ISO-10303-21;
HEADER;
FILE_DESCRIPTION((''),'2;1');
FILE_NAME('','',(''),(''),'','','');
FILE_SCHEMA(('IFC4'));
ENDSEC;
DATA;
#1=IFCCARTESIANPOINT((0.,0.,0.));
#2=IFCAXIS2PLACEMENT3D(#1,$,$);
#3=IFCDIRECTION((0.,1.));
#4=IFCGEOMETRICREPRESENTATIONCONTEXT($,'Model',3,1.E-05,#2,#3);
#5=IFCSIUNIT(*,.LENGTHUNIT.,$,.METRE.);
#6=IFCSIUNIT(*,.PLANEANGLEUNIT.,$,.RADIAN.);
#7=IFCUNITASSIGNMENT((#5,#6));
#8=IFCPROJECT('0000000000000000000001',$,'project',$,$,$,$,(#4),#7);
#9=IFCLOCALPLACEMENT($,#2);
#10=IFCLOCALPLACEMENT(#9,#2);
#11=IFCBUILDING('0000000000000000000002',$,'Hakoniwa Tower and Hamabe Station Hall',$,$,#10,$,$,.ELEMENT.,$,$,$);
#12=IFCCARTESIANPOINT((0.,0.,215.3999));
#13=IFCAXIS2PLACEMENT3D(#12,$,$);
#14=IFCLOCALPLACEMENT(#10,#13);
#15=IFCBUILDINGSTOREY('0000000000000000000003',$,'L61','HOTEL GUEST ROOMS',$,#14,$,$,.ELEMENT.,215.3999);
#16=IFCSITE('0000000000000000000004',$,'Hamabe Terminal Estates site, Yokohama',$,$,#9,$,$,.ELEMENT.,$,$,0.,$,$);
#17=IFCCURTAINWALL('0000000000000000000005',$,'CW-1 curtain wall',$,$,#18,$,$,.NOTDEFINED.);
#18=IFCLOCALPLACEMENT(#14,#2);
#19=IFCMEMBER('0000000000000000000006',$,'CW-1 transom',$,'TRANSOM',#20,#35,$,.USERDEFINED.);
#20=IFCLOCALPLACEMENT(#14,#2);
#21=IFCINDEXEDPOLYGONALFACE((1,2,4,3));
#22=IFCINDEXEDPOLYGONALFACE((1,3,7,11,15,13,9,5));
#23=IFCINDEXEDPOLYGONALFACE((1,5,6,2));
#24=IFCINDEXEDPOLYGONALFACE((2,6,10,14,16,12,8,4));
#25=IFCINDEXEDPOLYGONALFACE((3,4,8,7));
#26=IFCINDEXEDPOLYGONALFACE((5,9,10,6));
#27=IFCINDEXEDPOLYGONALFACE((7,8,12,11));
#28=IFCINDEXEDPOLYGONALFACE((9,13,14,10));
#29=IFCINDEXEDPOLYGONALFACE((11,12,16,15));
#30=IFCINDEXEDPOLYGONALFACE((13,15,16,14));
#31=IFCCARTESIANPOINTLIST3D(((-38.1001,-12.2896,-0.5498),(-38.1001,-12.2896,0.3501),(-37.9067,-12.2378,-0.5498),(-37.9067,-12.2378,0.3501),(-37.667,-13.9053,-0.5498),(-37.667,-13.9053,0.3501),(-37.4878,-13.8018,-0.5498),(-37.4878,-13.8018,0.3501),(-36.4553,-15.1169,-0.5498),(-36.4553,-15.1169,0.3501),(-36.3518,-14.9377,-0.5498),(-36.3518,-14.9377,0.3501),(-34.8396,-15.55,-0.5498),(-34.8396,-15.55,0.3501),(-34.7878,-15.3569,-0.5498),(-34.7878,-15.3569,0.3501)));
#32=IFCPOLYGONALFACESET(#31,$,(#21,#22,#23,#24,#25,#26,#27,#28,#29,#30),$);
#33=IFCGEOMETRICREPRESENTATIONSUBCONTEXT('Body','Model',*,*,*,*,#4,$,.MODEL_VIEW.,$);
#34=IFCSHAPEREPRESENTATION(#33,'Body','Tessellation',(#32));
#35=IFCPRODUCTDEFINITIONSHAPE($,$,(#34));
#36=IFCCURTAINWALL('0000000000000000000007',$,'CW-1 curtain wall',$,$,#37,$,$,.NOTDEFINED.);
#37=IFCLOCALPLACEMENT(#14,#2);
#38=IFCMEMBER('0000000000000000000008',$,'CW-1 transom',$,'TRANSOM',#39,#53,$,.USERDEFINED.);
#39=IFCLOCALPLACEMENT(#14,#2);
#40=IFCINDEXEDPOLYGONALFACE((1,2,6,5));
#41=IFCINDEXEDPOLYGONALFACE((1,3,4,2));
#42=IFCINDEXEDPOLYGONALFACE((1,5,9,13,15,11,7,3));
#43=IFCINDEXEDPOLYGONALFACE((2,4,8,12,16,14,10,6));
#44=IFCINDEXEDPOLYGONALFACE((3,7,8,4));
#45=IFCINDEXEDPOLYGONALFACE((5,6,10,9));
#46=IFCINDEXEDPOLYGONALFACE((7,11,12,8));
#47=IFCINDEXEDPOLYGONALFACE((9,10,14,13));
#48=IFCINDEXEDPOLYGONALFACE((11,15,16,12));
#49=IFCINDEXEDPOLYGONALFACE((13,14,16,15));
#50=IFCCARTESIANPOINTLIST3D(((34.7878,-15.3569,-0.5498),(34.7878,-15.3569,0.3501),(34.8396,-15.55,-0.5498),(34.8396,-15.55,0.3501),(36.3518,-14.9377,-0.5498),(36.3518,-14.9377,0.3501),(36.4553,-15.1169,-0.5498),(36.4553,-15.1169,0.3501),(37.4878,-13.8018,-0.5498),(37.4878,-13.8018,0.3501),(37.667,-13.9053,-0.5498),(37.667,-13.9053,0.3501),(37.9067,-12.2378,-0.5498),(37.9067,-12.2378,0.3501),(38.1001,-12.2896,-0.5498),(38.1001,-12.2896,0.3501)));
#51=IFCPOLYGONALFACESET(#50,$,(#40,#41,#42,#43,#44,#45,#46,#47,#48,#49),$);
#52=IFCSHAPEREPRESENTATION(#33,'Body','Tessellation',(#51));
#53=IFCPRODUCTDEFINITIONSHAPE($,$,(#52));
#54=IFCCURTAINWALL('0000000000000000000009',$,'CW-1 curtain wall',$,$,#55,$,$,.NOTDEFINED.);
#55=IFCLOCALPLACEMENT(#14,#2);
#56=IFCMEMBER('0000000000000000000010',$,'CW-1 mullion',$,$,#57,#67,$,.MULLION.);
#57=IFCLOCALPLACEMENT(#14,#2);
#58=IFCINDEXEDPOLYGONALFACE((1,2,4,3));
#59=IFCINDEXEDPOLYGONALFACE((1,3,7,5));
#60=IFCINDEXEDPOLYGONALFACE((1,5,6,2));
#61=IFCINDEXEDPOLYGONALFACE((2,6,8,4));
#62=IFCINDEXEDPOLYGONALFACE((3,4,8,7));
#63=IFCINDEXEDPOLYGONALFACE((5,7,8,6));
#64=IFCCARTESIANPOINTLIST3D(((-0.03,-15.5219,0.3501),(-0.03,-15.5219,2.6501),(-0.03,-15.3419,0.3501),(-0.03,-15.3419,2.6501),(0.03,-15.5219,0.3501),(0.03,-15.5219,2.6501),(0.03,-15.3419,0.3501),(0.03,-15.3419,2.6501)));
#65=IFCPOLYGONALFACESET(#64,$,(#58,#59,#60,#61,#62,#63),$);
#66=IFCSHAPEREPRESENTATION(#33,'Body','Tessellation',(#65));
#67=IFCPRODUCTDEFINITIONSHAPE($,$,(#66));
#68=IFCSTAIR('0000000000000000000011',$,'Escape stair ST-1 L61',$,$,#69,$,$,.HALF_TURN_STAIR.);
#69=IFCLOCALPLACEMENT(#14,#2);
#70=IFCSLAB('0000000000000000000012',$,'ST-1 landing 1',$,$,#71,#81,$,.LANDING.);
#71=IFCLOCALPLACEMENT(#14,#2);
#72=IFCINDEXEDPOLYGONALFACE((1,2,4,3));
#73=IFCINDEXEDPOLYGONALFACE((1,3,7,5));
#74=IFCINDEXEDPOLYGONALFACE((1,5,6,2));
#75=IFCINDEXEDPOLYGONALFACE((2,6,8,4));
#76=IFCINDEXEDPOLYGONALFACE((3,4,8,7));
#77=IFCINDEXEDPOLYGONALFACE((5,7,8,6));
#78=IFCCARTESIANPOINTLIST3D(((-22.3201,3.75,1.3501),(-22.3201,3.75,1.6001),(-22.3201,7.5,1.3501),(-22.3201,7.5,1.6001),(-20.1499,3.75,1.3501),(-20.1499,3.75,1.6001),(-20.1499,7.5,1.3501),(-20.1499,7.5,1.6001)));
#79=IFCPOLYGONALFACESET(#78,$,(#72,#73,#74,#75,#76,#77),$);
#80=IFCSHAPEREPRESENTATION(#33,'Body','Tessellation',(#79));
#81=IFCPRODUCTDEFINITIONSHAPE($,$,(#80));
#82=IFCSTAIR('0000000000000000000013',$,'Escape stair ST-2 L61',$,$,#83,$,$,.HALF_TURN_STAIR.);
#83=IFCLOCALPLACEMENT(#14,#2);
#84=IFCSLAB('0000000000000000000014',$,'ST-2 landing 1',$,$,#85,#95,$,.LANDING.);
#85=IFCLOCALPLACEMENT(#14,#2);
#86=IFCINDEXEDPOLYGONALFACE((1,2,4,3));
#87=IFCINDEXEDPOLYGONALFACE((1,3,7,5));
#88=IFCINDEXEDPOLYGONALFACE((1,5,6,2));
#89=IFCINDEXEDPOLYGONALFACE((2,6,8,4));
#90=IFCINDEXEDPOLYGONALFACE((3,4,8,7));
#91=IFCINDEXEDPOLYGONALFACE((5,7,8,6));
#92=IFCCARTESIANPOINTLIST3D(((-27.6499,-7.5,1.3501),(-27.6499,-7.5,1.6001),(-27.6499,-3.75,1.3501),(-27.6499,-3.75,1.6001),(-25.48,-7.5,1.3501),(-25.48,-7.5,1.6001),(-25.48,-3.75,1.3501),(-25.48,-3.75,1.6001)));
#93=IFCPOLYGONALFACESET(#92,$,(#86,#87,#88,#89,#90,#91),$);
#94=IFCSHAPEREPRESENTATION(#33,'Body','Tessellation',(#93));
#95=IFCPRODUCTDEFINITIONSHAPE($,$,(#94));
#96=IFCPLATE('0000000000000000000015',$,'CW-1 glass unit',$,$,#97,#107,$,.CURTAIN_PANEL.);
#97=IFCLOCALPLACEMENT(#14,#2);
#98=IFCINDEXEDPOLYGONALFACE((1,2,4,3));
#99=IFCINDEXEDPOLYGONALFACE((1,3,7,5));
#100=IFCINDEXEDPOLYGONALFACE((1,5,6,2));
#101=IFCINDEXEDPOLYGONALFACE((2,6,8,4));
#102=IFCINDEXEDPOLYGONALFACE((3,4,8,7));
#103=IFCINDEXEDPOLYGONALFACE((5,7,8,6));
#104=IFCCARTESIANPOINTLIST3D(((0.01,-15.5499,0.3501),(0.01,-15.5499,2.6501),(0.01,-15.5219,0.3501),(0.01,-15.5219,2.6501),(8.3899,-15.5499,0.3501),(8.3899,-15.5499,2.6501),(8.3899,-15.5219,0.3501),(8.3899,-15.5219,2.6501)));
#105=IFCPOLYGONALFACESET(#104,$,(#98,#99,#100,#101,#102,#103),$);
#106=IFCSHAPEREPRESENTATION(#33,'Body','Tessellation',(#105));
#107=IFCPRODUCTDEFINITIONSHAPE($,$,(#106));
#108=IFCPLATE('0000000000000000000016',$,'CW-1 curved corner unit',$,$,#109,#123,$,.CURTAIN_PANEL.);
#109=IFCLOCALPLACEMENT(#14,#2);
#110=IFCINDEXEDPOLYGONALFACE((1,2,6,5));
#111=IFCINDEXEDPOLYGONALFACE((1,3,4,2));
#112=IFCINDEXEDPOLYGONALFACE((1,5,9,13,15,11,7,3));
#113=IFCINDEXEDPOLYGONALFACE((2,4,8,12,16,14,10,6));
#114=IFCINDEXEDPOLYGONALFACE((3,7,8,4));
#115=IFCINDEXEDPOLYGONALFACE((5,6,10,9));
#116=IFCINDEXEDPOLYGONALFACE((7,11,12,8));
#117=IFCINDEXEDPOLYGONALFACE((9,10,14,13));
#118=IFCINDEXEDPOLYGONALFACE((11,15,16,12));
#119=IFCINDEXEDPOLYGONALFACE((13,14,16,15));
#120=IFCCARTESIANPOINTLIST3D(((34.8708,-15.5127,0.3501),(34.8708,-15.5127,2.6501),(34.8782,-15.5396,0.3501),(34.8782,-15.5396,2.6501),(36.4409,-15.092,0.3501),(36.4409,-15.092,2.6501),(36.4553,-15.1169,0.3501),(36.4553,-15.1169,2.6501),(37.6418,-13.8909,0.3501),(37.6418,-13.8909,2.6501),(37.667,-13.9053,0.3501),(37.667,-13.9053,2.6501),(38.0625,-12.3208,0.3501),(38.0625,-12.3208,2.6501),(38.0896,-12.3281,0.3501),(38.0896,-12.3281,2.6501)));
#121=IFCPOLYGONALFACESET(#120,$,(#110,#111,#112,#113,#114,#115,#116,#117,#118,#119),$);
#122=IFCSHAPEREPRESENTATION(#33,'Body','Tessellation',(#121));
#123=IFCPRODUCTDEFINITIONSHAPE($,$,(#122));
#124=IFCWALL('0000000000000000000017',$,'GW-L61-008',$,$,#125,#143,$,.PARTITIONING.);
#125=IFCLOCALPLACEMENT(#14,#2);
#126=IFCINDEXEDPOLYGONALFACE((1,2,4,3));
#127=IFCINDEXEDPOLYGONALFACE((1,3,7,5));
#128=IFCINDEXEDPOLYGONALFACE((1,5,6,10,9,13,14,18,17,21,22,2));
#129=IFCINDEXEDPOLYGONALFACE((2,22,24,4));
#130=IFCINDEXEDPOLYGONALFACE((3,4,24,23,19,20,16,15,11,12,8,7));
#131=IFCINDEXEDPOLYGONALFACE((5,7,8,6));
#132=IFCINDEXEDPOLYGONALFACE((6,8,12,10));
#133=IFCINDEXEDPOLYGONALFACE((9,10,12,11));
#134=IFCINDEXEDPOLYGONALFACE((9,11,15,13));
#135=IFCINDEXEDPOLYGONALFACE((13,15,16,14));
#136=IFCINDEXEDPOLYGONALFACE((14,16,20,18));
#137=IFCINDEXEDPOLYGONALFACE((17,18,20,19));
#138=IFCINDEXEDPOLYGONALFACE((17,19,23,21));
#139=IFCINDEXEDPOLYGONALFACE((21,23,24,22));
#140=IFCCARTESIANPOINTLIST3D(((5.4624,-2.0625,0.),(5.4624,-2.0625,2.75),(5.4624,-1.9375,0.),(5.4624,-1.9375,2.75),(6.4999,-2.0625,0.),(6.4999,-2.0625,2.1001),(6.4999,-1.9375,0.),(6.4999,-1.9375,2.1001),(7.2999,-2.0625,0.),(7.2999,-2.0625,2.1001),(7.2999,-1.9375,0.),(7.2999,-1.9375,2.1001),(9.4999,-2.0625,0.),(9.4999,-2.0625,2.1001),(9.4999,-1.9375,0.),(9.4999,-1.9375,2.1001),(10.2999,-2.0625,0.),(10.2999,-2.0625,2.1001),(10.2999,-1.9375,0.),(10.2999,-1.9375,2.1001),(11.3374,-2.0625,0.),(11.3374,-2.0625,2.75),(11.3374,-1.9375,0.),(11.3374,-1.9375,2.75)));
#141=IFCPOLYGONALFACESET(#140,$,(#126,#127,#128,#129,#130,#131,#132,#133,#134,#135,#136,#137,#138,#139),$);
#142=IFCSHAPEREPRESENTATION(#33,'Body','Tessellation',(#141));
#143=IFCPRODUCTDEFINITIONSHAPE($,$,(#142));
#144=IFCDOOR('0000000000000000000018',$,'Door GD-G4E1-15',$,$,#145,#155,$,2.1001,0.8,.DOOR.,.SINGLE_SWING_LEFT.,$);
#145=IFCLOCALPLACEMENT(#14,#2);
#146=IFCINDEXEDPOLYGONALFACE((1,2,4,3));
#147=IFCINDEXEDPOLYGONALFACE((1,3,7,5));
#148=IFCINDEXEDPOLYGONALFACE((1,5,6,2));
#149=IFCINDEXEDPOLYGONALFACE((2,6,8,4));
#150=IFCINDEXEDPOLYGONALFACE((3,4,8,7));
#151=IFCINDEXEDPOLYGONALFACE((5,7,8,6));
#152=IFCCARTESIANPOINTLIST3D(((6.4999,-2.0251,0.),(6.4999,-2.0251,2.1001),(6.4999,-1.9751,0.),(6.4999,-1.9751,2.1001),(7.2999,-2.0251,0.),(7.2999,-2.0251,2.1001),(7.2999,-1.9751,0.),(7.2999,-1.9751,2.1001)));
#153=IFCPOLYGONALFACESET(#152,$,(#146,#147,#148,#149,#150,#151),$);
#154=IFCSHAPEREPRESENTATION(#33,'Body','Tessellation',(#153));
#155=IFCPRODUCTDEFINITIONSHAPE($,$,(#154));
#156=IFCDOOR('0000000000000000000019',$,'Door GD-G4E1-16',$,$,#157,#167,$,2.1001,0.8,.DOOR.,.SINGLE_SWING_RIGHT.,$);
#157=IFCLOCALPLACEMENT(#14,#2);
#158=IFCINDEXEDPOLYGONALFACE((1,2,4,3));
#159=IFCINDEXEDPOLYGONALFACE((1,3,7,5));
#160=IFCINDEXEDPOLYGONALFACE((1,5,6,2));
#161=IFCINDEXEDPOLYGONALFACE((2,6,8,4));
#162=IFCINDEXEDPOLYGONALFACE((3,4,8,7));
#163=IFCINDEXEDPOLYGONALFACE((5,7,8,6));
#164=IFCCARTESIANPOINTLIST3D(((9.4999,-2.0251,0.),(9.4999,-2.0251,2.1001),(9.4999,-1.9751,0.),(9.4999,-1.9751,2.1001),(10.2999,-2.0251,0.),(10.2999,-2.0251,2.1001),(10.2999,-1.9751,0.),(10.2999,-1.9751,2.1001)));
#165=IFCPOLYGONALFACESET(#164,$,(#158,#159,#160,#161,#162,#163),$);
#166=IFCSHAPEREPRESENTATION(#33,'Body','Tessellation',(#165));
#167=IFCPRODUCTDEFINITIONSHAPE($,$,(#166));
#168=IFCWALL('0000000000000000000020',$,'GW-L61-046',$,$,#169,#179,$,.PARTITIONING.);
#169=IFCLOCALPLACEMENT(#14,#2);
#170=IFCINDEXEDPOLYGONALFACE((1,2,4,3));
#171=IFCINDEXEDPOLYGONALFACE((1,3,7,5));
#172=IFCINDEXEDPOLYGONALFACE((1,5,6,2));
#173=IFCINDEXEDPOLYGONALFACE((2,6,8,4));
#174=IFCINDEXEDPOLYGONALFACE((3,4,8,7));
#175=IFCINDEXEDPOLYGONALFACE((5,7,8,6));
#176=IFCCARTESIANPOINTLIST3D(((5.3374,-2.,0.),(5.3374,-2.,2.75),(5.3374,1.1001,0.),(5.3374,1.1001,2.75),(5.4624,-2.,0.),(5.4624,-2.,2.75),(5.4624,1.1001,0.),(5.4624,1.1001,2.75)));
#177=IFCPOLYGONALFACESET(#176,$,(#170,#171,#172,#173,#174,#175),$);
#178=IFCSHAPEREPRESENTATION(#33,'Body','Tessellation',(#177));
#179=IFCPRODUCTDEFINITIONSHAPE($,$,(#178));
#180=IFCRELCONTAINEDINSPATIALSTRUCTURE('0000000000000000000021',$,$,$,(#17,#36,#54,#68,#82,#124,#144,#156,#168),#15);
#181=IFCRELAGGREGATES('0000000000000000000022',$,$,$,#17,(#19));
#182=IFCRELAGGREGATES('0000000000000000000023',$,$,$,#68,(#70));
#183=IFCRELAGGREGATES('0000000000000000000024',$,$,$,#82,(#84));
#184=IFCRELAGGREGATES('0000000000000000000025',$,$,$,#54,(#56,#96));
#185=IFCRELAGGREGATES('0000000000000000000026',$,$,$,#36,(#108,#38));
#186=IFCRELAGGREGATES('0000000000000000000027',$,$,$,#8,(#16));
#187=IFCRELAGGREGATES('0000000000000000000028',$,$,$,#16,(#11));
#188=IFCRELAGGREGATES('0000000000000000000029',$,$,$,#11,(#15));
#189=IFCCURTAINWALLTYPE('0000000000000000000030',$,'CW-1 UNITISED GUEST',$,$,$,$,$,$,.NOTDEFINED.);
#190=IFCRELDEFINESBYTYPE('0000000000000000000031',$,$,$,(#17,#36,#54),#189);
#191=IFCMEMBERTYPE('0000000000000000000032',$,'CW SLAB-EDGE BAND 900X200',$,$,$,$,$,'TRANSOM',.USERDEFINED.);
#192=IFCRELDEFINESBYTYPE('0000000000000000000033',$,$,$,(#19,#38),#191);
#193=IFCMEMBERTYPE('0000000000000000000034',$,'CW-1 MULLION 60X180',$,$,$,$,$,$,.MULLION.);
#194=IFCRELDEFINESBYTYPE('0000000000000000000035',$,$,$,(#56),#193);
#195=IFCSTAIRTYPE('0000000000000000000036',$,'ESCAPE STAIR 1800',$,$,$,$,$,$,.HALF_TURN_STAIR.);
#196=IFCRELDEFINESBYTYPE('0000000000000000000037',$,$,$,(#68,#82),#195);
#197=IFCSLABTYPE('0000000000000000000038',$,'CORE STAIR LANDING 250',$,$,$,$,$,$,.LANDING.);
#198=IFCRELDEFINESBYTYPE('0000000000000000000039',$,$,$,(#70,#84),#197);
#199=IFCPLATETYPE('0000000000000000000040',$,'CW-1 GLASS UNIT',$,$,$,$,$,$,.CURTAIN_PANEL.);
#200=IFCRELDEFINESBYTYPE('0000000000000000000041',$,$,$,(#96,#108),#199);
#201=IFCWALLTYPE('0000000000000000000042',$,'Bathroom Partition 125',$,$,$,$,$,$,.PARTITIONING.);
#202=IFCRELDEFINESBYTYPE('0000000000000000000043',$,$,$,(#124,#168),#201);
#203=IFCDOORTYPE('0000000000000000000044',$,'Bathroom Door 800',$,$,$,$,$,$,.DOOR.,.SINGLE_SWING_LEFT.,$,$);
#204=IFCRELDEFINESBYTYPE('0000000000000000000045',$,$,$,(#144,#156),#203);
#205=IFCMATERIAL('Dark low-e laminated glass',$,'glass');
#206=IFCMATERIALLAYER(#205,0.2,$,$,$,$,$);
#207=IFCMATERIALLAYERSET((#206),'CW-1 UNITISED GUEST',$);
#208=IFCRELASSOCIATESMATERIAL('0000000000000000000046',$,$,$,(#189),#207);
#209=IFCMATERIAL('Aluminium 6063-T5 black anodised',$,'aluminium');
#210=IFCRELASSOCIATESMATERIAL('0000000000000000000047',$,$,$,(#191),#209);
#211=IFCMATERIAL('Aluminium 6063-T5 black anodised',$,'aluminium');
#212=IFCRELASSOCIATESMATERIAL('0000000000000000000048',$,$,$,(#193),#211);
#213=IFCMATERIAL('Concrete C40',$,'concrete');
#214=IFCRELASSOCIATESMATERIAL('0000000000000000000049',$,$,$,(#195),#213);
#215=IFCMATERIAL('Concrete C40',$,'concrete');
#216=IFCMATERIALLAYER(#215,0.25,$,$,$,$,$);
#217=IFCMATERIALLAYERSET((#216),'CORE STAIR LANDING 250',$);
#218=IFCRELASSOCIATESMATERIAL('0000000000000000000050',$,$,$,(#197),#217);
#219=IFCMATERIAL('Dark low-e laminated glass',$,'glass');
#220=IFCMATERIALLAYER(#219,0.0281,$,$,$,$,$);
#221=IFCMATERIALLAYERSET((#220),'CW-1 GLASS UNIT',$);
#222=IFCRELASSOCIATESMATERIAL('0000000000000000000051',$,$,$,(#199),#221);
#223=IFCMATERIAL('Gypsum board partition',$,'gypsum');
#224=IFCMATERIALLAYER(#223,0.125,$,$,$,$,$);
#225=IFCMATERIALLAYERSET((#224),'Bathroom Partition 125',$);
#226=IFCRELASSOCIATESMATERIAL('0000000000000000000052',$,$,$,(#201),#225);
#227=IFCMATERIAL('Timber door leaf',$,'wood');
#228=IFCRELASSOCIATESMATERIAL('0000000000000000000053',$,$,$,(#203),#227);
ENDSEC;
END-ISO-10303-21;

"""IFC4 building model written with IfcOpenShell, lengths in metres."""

from ifc_helpers import new_model, si_unit, direction, frame, frame_2d, origin, origin_2d, place, context, subcontext, project, spatial, polyline, rectangle, outline, extrude, material, layer, layer_set, material_profile, profile_set, type_object, element, fill, aggregate, save


model = new_model("IFC4")

# Units and contexts
model_context = context("Model", 3, precision=1e-05, world=origin(), true_north=direction((0.0, 1.0)))
body_context = subcontext(model_context, "Body", "Model", "MODEL_VIEW")
ifc_project = project(units=[si_unit("LENGTHUNIT", "METRE"), si_unit("PLANEANGLEUNIT", "RADIAN")], contexts=[model_context])

# Site, building, storey
site_placement = place(None, origin())
site = spatial("IfcSite", under=ifc_project, at=site_placement, Name="Hamabe Terminal Estates site, Yokohama", CompositionType="ELEMENT", RefElevation=0.0)
building_placement = place(site_placement, origin())
building = spatial("IfcBuilding", under=site, at=building_placement, Name="Hakoniwa Tower and Hamabe Station Hall", CompositionType="ELEMENT")
storey_placement = place(building_placement, frame((0.0, 0.0, 215.3999)))
storey = spatial("IfcBuildingStorey", under=building, at=storey_placement, Name="L61", Description="HOTEL GUEST ROOMS", CompositionType="ELEMENT", Elevation=215.3999)

# Curtain walls, members
ifc_material_1 = material(Name="Dark low-e laminated glass", Category="glass")
ifc_layer_1 = layer(ifc_material_1, 0.2)
ifc_layer_set_1 = layer_set([ifc_layer_1], Name="CW-1 UNITISED GUEST")
curtain_wall_type = type_object("IfcCurtainWallType", Name="CW-1 UNITISED GUEST", PredefinedType="NOTDEFINED", material=ifc_layer_set_1)
curtain_wall_1_placement = place(storey_placement, origin())
curtain_wall_1 = element("IfcCurtainWall", 1, at=curtain_wall_1_placement, inside=storey, type_object=curtain_wall_type, Name="CW-1 curtain wall", PredefinedType="NOTDEFINED")
ifc_material_2 = material(Name="Aluminium 6063-T5 black anodised", Category="aluminium")
ifc_material_profile_1 = material_profile(ifc_material_2, rectangle(XDim=0.2, YDim=0.8999, at=origin_2d()), Name="CW SLAB-EDGE BAND 900X200")
ifc_profile_set_1 = profile_set([ifc_material_profile_1], Name="Aluminium 6063-T5 black anodised")
member_type_1 = type_object("IfcMemberType", Name="CW SLAB-EDGE BAND 900X200", ElementType="TRANSOM", PredefinedType="USERDEFINED", material=ifc_profile_set_1)
member_1_placement = place(storey_placement, frame((0.0, 0.0, -0.5498)))
member_1 = element("IfcMember", 2, at=member_1_placement, type_object=member_type_1, Name="CW-1 transom", ObjectType="TRANSOM", PredefinedType="USERDEFINED", context=body_context, shape_type="SweptSolid", body=[
    extrude(outline(polyline([(-38.1001, -12.2896), (-37.667, -13.9053), (-36.4553, -15.1169), (-34.8396, -15.55), (-34.7878, -15.3569), (-36.3518, -14.9377), (-37.4878, -13.8018), (-37.9067, -12.2378), (-38.1001, -12.2896)])), origin(), (0.0, 0.0, 1.0), 0.8999),
])
aggregate(curtain_wall_1, [member_1])
curtain_wall_2_placement = place(storey_placement, origin())
curtain_wall_2 = element("IfcCurtainWall", 3, at=curtain_wall_2_placement, inside=storey, type_object=curtain_wall_type, Name="CW-1 curtain wall", PredefinedType="NOTDEFINED")
member_2_placement = place(storey_placement, frame((0.0, 0.0, -0.5498)))
member_2 = element("IfcMember", 4, at=member_2_placement, type_object=member_type_1, Name="CW-1 transom", ObjectType="TRANSOM", PredefinedType="USERDEFINED", context=body_context, shape_type="SweptSolid", body=[
    extrude(outline(polyline([(34.8396, -15.55), (36.4553, -15.1169), (37.667, -13.9053), (38.1001, -12.2896), (37.9067, -12.2378), (37.4878, -13.8018), (36.3518, -14.9377), (34.7878, -15.3569), (34.8396, -15.55)])), origin(), (0.0, 0.0, 1.0), 0.8999),
])
curtain_wall_3_placement = place(storey_placement, origin())
curtain_wall_3 = element("IfcCurtainWall", 5, at=curtain_wall_3_placement, inside=storey, type_object=curtain_wall_type, Name="CW-1 curtain wall", PredefinedType="NOTDEFINED")
ifc_material_3 = material(Name="Aluminium 6063-T5 black anodised", Category="aluminium")
ifc_material_profile_2 = material_profile(ifc_material_3, rectangle(XDim=0.0601, YDim=0.1799, at=origin_2d()), Name="CW-1 MULLION 60X180")
ifc_profile_set_2 = profile_set([ifc_material_profile_2], Name="Aluminium 6063-T5 black anodised")
member_type_2 = type_object("IfcMemberType", Name="CW-1 MULLION 60X180", PredefinedType="MULLION", material=ifc_profile_set_2)
member_3_placement = place(storey_placement, frame((0.0, -15.4319, 0.3501), z_axis=(0.0, 0.0, 1.0), x_axis=(1.0, 0.0, 0.0)))
member_3 = element("IfcMember", 6, at=member_3_placement, type_object=member_type_2, Name="CW-1 mullion", PredefinedType="MULLION", context=body_context, shape_type="SweptSolid", body=[
    extrude(rectangle(XDim=0.0601, YDim=0.1799, at=origin_2d()), origin(), (0.0, 0.0, 1.0), 2.3),
])

# Stairs, slabs
ifc_material_4 = material(Name="Concrete C40", Category="concrete")
stair_type = type_object("IfcStairType", Name="ESCAPE STAIR 1800", PredefinedType="HALF_TURN_STAIR", material=ifc_material_4)
stair_1_placement = place(storey_placement, origin())
stair_1 = element("IfcStair", 7, at=stair_1_placement, inside=storey, type_object=stair_type, Name="Escape stair ST-1 L61", PredefinedType="HALF_TURN_STAIR")
ifc_material_5 = material(Name="Concrete C40", Category="concrete")
ifc_layer_2 = layer(ifc_material_5, 0.25)
ifc_layer_set_2 = layer_set([ifc_layer_2], Name="CORE STAIR LANDING 250")
slab_type = type_object("IfcSlabType", Name="CORE STAIR LANDING 250", PredefinedType="LANDING", material=ifc_layer_set_2)
slab_1_placement = place(storey_placement, frame((0.0, 0.0, 1.3501)))
slab_1 = element("IfcSlab", 8, at=slab_1_placement, type_object=slab_type, Name="ST-1 landing 1", PredefinedType="LANDING", context=body_context, shape_type="SweptSolid", body=[
    extrude(outline(polyline([(-22.3201, 3.75), (-20.1499, 3.75), (-20.1499, 7.5), (-22.3201, 7.5), (-22.3201, 3.75)])), origin(), (0.0, 0.0, 1.0), 0.25),
])
aggregate(stair_1, [slab_1])
stair_2_placement = place(storey_placement, origin())
stair_2 = element("IfcStair", 9, at=stair_2_placement, inside=storey, type_object=stair_type, Name="Escape stair ST-2 L61", PredefinedType="HALF_TURN_STAIR")
slab_2_placement = place(storey_placement, frame((0.0, 0.0, 1.3501)))
slab_2 = element("IfcSlab", 10, at=slab_2_placement, type_object=slab_type, Name="ST-2 landing 1", PredefinedType="LANDING", context=body_context, shape_type="SweptSolid", body=[
    extrude(outline(polyline([(-25.48, -7.5), (-27.6499, -7.5), (-27.6499, -3.75), (-25.48, -3.75), (-25.48, -7.5)])), origin(), (0.0, 0.0, 1.0), 0.25),
])
aggregate(stair_2, [slab_2])

# Plates
ifc_material_6 = material(Name="Dark low-e laminated glass", Category="glass")
ifc_layer_3 = layer(ifc_material_6, 0.0281)
ifc_layer_set_3 = layer_set([ifc_layer_3], Name="CW-1 GLASS UNIT")
plate_type = type_object("IfcPlateType", Name="CW-1 GLASS UNIT", PredefinedType="CURTAIN_PANEL", material=ifc_layer_set_3)
plate_1_placement = place(storey_placement, frame((4.2, -15.5359, 0.3501), z_axis=(0.0, 0.0, 1.0), x_axis=(1.0, 0.0, 0.0)))
plate_1 = element("IfcPlate", 11, at=plate_1_placement, type_object=plate_type, Name="CW-1 glass unit", PredefinedType="CURTAIN_PANEL", context=body_context, shape_type="SweptSolid", body=[
    extrude(rectangle(XDim=8.3799, YDim=0.0281, at=origin_2d()), origin(), (0.0, 0.0, 1.0), 2.3),
])
aggregate(curtain_wall_3, [member_3, plate_1])
plate_2_placement = place(storey_placement, frame((0.0, 0.0, 0.3501)))
plate_2 = element("IfcPlate", 12, at=plate_2_placement, type_object=plate_type, Name="CW-1 curved corner unit", PredefinedType="CURTAIN_PANEL", context=body_context, shape_type="SweptSolid", body=[
    extrude(outline(polyline([(34.8782, -15.5396), (36.4553, -15.1169), (37.667, -13.9053), (38.0896, -12.3281), (38.0625, -12.3208), (37.6418, -13.8909), (36.4409, -15.092), (34.8708, -15.5127), (34.8782, -15.5396)])), origin(), (0.0, 0.0, 1.0), 2.3),
])
aggregate(curtain_wall_2, [plate_2, member_2])

# Wall, openings, doors
ifc_material_7 = material(Name="Gypsum board partition", Category="gypsum")
ifc_layer_4 = layer(ifc_material_7, 0.125)
ifc_layer_set_4 = layer_set([ifc_layer_4], Name="Bathroom Partition 125")
wall_type_1 = type_object("IfcWallType", Name="Bathroom Partition 125", PredefinedType="PARTITIONING", material=ifc_layer_set_4)
wall_1_placement = place(storey_placement, frame((5.4624, -2.0, 0.0), z_axis=(0.0, 0.0, 1.0), x_axis=(1.0, 0.0, 0.0)))
wall_1 = element("IfcWall", 13, at=wall_1_placement, inside=storey, type_object=wall_type_1, Name="GW-L61-008", PredefinedType="PARTITIONING", context=body_context, shape_type="SweptSolid", body=[
    extrude(rectangle(XDim=5.875, YDim=0.125, at=frame_2d((2.9375, 0.0))), origin(), (0.0, 0.0, 1.0), 2.75),
])
opening_1_placement = place(wall_1_placement, frame((1.0376, 0.0, 0.0)))
opening_1 = element("IfcOpeningElement", 14, at=opening_1_placement, cuts=wall_1, PredefinedType="OPENING", context=body_context, shape_type="SweptSolid", body=[
    extrude(rectangle(XDim=0.8, YDim=2.1001, at=frame_2d((0.3999, 1.05))), frame((0.0, 0.0725, 0.0), z_axis=(0.0, -1.0, 0.0), x_axis=(1.0, 0.0, 0.0)), (0.0, 0.0, 1.0), 0.145),
])
opening_2_placement = place(wall_1_placement, frame((4.0376, 0.0, 0.0)))
opening_2 = element("IfcOpeningElement", 15, at=opening_2_placement, cuts=wall_1, PredefinedType="OPENING", context=body_context, shape_type="SweptSolid", body=[
    extrude(rectangle(XDim=0.8, YDim=2.1001, at=frame_2d((0.3999, 1.05))), frame((0.0, 0.0725, 0.0), z_axis=(0.0, -1.0, 0.0), x_axis=(1.0, 0.0, 0.0)), (0.0, 0.0, 1.0), 0.145),
])
ifc_material_8 = material(Name="Timber door leaf", Category="wood")
door_type_1 = type_object("IfcDoorType", Name="Bathroom Door 800", OperationType="SINGLE_SWING_LEFT", PredefinedType="DOOR", material=ifc_material_8)
door_1_placement = place(opening_1_placement, origin())
door_1 = element("IfcDoor", 16, at=door_1_placement, inside=storey, type_object=door_type_1, Name="Door GD-G4E1-15", OperationType="SINGLE_SWING_LEFT", OverallHeight=2.1001, OverallWidth=0.8, PredefinedType="DOOR", context=body_context, shape_type="SweptSolid", body=[
    extrude(rectangle(XDim=0.8, YDim=2.1001, at=frame_2d((0.3999, 1.05))), frame((0.0, 0.0249, 0.0), z_axis=(0.0, -1.0, 0.0), x_axis=(1.0, 0.0, 0.0)), (0.0, 0.0, 1.0), 0.05),
])
fill(opening_1, door_1)
door_2_placement = place(opening_2_placement, origin())
door_2 = element("IfcDoor", 17, at=door_2_placement, inside=storey, type_object=door_type_1, Name="Door GD-G4E1-16", OperationType="SINGLE_SWING_RIGHT", OverallHeight=2.1001, OverallWidth=0.8, PredefinedType="DOOR", context=body_context, shape_type="SweptSolid", body=[
    extrude(rectangle(XDim=0.8, YDim=2.1001, at=frame_2d((0.3999, 1.05))), frame((0.0, 0.0249, 0.0), z_axis=(0.0, -1.0, 0.0), x_axis=(1.0, 0.0, 0.0)), (0.0, 0.0, 1.0), 0.05),
])
fill(opening_2, door_2)

# Wall
wall_2_placement = place(storey_placement, frame((5.3999, -2.0, 0.0), z_axis=(0.0, 0.0, 1.0), x_axis=(0.0, 1.0, 0.0)))
element("IfcWall", 18, at=wall_2_placement, inside=storey, type_object=wall_type_1, Name="GW-L61-046", PredefinedType="PARTITIONING", context=body_context, shape_type="SweptSolid", body=[
    extrude(rectangle(XDim=3.1001, YDim=0.125, at=frame_2d((1.55, 0.0))), origin(), (0.0, 0.0, 1.0), 2.75),
])

save(model, "model.ifc")
